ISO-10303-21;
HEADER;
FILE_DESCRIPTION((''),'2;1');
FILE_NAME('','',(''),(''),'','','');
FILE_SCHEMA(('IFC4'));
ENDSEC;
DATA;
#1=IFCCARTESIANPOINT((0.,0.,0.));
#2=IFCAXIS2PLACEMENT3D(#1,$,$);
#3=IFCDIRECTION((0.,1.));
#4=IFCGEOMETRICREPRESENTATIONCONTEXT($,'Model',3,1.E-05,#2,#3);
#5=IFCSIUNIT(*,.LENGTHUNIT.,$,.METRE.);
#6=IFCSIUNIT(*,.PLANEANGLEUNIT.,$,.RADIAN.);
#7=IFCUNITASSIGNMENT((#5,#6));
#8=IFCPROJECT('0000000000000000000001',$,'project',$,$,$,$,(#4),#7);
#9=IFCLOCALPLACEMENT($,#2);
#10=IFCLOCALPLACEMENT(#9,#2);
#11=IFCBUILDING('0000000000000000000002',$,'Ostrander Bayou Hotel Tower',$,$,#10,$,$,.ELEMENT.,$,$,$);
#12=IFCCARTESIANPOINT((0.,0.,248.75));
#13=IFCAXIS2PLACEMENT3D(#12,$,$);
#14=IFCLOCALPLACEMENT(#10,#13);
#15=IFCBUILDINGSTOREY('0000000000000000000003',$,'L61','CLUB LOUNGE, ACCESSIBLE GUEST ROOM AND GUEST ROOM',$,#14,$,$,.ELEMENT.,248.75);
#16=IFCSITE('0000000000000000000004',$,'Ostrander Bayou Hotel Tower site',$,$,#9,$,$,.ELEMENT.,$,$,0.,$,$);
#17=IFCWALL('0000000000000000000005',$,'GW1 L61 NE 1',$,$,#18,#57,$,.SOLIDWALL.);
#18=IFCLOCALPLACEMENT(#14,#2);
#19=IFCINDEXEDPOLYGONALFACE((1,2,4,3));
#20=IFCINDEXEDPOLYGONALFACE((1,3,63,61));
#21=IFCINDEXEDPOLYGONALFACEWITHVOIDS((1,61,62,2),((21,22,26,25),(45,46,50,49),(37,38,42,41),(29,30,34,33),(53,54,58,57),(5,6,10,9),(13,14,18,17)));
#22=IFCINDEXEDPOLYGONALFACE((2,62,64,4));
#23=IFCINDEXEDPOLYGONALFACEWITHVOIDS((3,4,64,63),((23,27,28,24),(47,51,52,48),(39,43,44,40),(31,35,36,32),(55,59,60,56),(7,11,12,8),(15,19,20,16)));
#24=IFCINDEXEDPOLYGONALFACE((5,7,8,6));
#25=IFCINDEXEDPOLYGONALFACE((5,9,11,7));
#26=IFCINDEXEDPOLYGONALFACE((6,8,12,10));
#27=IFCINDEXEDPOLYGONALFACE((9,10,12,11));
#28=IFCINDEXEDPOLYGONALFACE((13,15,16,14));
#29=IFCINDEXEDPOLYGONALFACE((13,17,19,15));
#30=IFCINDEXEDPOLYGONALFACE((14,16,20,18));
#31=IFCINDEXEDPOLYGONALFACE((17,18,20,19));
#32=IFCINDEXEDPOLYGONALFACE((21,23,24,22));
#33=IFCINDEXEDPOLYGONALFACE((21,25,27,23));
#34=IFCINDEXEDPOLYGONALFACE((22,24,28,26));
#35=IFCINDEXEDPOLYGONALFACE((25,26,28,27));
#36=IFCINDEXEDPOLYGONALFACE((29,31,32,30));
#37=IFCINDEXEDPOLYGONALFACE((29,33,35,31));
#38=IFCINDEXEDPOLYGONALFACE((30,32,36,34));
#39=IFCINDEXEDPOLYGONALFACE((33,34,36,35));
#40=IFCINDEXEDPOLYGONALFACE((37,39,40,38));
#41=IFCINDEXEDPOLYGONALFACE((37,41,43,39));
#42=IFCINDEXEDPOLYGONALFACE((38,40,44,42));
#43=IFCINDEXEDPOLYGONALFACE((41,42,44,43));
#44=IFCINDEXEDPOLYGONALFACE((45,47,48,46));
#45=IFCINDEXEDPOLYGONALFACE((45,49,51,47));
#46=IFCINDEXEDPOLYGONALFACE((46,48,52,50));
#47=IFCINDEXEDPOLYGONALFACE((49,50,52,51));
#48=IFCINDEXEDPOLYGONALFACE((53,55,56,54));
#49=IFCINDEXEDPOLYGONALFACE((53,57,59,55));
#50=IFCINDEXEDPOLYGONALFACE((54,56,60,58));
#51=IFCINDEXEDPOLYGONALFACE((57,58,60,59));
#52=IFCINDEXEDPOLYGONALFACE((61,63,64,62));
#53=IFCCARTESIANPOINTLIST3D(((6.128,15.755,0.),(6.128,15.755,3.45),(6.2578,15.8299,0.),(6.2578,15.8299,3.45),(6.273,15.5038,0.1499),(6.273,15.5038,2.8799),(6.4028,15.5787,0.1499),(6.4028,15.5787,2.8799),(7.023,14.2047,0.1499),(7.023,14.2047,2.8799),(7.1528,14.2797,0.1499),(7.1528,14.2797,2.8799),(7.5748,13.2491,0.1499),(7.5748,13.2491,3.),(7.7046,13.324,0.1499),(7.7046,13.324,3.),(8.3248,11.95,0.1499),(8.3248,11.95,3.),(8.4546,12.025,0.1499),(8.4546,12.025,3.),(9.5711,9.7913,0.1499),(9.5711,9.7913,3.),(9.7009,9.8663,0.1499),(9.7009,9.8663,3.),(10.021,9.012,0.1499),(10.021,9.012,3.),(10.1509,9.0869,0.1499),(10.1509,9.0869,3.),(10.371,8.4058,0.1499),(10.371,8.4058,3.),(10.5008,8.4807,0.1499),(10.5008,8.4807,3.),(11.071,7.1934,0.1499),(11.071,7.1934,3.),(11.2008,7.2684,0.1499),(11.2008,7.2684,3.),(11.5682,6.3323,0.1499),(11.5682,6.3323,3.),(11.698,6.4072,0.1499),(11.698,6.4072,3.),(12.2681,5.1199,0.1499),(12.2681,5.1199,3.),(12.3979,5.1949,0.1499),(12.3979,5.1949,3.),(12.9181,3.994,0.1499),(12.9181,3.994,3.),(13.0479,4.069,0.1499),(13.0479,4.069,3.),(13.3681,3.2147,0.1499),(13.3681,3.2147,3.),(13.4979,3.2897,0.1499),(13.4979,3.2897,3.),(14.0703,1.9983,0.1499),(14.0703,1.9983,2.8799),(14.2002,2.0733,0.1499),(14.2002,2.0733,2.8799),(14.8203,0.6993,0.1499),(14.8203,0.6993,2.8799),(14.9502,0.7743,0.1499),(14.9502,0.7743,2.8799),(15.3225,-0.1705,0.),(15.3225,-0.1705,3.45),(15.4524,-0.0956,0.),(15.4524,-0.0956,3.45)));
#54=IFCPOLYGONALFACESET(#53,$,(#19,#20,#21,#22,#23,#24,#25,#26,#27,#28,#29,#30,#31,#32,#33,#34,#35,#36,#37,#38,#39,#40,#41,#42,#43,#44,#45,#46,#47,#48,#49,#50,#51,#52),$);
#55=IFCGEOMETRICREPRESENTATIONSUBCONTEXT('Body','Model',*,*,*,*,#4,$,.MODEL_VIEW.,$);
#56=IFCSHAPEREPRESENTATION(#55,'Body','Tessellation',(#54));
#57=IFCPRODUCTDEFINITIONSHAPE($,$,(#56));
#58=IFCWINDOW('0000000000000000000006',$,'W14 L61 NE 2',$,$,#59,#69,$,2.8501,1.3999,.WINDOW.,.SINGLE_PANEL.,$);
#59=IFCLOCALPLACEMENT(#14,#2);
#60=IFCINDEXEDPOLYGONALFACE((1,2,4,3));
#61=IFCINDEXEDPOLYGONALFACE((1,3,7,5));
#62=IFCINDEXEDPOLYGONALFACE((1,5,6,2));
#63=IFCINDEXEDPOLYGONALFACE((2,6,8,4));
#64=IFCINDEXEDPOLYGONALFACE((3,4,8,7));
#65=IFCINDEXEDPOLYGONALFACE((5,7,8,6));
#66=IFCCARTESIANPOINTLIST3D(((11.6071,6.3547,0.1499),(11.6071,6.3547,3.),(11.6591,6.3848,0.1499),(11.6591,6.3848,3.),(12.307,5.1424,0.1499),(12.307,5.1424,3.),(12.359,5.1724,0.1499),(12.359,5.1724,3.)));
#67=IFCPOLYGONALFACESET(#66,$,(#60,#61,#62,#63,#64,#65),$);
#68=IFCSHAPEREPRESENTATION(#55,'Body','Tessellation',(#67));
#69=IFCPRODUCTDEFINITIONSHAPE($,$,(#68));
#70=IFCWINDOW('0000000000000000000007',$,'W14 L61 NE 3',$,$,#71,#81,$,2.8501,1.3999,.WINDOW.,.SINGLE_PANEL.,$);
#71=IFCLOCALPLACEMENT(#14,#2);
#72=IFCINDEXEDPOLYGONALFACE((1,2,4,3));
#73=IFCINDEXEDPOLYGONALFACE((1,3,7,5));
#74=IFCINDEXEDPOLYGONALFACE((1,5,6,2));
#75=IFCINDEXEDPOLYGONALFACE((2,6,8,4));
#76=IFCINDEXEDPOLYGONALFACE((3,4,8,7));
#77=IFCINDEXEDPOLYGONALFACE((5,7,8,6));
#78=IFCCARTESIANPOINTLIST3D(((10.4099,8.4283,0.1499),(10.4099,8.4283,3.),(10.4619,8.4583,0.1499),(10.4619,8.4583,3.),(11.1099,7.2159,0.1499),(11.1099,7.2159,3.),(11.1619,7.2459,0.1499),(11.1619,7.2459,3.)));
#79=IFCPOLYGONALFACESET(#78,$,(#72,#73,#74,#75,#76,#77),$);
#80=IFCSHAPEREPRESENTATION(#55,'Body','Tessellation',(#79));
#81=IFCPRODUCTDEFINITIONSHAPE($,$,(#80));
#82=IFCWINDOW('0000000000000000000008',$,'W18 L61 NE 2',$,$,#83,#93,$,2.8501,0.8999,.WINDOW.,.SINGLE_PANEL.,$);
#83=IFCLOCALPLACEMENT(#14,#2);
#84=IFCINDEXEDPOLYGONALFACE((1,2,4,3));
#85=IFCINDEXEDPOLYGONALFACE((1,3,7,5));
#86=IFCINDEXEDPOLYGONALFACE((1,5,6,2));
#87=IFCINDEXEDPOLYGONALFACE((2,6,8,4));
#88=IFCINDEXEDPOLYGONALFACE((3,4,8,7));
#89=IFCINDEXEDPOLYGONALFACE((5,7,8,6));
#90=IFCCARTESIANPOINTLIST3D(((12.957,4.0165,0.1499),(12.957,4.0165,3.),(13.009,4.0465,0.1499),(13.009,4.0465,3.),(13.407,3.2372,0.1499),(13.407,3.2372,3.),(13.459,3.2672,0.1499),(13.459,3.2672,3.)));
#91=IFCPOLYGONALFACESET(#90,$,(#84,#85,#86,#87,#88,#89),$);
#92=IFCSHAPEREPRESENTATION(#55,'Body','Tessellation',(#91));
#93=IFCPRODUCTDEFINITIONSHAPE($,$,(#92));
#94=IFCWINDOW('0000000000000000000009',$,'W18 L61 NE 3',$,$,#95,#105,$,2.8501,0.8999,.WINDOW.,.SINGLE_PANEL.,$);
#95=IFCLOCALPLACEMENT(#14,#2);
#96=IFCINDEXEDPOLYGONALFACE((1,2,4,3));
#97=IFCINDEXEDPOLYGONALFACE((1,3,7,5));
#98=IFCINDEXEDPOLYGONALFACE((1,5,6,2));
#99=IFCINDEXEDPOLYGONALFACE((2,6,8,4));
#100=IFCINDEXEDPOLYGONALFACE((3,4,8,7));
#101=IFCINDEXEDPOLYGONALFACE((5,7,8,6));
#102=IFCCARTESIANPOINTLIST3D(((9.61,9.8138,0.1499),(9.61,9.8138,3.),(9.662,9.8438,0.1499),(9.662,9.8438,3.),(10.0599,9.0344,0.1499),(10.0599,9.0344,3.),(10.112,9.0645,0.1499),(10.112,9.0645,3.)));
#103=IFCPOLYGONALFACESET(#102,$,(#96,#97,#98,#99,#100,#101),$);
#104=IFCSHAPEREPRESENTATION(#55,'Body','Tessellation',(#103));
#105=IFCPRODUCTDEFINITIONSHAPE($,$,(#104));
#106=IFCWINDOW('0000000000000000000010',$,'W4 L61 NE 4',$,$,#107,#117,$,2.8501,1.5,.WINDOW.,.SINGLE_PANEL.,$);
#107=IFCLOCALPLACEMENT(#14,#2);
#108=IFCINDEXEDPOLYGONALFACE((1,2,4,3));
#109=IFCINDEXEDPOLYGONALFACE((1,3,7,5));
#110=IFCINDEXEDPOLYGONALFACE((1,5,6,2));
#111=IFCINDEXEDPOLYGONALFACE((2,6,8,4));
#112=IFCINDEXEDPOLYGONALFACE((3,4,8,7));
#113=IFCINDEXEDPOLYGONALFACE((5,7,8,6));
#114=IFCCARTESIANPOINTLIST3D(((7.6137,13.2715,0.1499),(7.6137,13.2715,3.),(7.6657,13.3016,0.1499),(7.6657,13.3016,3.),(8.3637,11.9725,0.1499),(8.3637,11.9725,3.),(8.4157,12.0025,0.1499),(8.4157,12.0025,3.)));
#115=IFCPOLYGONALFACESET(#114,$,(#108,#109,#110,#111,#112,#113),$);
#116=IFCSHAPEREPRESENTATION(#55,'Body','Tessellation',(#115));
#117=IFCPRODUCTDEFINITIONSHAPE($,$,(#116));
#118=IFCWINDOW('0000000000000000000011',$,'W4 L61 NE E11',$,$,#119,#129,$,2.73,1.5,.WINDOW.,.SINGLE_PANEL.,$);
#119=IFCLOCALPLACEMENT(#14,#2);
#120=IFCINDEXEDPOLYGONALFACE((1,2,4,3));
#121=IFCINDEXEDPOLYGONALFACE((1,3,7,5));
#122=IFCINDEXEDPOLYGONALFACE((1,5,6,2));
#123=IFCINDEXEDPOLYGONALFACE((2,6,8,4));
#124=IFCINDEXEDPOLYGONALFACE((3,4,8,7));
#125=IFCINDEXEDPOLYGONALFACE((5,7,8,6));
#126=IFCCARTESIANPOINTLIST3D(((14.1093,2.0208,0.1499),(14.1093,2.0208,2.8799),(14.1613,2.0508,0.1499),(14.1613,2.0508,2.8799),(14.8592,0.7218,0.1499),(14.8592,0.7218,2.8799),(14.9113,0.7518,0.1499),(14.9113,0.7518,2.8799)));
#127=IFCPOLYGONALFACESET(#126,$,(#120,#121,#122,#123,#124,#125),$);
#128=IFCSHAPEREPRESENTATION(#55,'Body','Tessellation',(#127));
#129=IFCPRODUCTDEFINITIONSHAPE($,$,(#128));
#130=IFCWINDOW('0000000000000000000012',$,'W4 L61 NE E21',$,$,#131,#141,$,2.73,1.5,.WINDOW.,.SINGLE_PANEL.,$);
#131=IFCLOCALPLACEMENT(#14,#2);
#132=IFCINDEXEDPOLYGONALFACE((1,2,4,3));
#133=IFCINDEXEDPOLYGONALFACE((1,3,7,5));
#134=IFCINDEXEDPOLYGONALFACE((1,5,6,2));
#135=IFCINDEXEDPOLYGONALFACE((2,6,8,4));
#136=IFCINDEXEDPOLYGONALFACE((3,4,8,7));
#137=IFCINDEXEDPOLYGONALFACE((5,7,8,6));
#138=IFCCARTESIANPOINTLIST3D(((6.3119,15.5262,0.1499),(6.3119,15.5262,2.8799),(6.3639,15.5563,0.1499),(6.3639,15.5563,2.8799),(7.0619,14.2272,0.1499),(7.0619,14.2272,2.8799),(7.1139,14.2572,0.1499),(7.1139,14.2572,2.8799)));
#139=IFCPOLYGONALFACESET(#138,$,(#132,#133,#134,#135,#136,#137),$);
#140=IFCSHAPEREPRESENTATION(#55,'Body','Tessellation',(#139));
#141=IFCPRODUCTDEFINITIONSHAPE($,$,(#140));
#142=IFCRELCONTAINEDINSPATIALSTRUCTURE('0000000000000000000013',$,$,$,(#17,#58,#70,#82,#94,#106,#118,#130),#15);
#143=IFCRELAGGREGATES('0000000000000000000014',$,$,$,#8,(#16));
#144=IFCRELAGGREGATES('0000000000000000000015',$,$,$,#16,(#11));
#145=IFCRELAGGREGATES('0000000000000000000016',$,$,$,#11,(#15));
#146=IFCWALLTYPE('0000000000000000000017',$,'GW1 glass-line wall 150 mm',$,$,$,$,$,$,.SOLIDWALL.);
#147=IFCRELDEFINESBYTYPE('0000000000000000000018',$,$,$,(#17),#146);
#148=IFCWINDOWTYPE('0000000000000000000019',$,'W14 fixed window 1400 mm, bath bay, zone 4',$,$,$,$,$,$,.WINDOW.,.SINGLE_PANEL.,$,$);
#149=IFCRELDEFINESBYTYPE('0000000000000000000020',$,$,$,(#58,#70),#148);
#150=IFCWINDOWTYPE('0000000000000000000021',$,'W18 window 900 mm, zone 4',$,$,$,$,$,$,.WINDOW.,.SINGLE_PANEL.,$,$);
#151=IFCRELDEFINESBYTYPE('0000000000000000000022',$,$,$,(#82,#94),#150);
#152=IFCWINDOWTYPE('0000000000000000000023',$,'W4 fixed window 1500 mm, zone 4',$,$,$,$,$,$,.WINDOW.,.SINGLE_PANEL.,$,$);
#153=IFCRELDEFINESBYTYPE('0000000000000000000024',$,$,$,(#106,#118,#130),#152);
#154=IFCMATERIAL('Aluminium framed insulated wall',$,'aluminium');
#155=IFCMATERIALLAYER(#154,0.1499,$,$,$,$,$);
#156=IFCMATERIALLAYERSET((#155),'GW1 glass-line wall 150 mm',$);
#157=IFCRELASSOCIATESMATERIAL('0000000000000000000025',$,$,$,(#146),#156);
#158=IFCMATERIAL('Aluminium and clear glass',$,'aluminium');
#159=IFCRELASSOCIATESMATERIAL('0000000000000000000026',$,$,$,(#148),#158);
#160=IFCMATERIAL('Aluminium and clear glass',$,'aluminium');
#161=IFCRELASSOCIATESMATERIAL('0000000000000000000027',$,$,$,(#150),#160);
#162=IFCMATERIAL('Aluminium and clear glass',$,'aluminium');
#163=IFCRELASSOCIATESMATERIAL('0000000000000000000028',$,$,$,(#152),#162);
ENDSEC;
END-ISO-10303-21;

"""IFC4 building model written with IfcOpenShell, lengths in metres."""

from ifc_helpers import new_model, si_unit, direction, frame, frame_2d, origin, place, context, subcontext, project, spatial, rectangle, extrude, material, layer, layer_set, type_object, element, fill, save


model = new_model("IFC4")

# Units and contexts
model_context = context("Model", 3, precision=1e-05, world=origin(), true_north=direction((0.0, 1.0)))
body_context = subcontext(model_context, "Body", "Model", "MODEL_VIEW")
ifc_project = project(units=[si_unit("LENGTHUNIT", "METRE"), si_unit("PLANEANGLEUNIT", "RADIAN")], contexts=[model_context])

# Site, building, storey
site_placement = place(None, origin())
site = spatial("IfcSite", under=ifc_project, at=site_placement, Name="Ostrander Bayou Hotel Tower site", CompositionType="ELEMENT", RefElevation=0.0)
building_placement = place(site_placement, origin())
building = spatial("IfcBuilding", under=site, at=building_placement, Name="Ostrander Bayou Hotel Tower", CompositionType="ELEMENT")
storey_placement = place(building_placement, frame((0.0, 0.0, 248.75)))
storey = spatial("IfcBuildingStorey", under=building, at=storey_placement, Name="L61", Description="CLUB LOUNGE, ACCESSIBLE GUEST ROOM AND GUEST ROOM", CompositionType="ELEMENT", Elevation=248.75)

# Wall, openings, windows
ifc_material_1 = material(Name="Aluminium framed insulated wall", Category="aluminium")
ifc_layer_1 = layer(ifc_material_1, 0.1499)
ifc_layer_set_1 = layer_set([ifc_layer_1], Name="GW1 glass-line wall 150 mm")
wall_type_1 = type_object("IfcWallType", Name="GW1 glass-line wall 150 mm", PredefinedType="SOLIDWALL", material=ifc_layer_set_1)
wall_1_placement = place(storey_placement, frame((15.3875, -0.1331, 0.0), z_axis=(0.0, 0.0, 1.0), x_axis=(-0.499999, 0.866026, 0.0)))
wall_1 = element("IfcWall", 1, at=wall_1_placement, inside=storey, type_object=wall_type_1, Name="GW1 L61 NE 1", PredefinedType="SOLIDWALL", context=body_context, shape_type="SweptSolid", body=[
    extrude(rectangle(XDim=18.3892, YDim=0.1499, at=frame_2d((9.1946, 0.0))), origin(), (0.0, 0.0, 1.0), 3.45),
])
opening_1_placement = place(wall_1_placement, frame((3.9089, 0.0, 0.1499)))
opening_1 = element("IfcOpeningElement", 2, at=opening_1_placement, cuts=wall_1, PredefinedType="OPENING", context=body_context, shape_type="SweptSolid", body=[
    extrude(rectangle(XDim=0.8999, YDim=2.8501, at=frame_2d((0.45, 1.425))), frame((0.0, 0.075, 0.0), z_axis=(0.0, -1.0, 0.0), x_axis=(1.0, 0.0, 0.0)), (0.0, 0.0, 1.0), 0.1499),
])
opening_2_placement = place(wall_1_placement, frame((6.1089, 0.0, 0.1499)))
opening_2 = element("IfcOpeningElement", 3, at=opening_2_placement, cuts=wall_1, PredefinedType="OPENING", context=body_context, shape_type="SweptSolid", body=[
    extrude(rectangle(XDim=1.3999, YDim=2.8501, at=frame_2d((0.7, 1.425))), frame((0.0, 0.075, 0.0), z_axis=(0.0, -1.0, 0.0), x_axis=(1.0, 0.0, 0.0)), (0.0, 0.0, 1.0), 0.1499),
])
opening_3_placement = place(wall_1_placement, frame((10.603, 0.0, 0.1499)))
opening_3 = element("IfcOpeningElement", 4, at=opening_3_placement, cuts=wall_1, PredefinedType="OPENING", context=body_context, shape_type="SweptSolid", body=[
    extrude(rectangle(XDim=0.8999, YDim=2.8501, at=frame_2d((0.45, 1.425))), frame((0.0, 0.075, 0.0), z_axis=(0.0, -1.0, 0.0), x_axis=(1.0, 0.0, 0.0)), (0.0, 0.0, 1.0), 0.1499),
])
opening_4_placement = place(wall_1_placement, frame((8.5032, 0.0, 0.1499)))
opening_4 = element("IfcOpeningElement", 5, at=opening_4_placement, cuts=wall_1, PredefinedType="OPENING", context=body_context, shape_type="SweptSolid", body=[
    extrude(rectangle(XDim=1.3999, YDim=2.8501, at=frame_2d((0.7, 1.425))), frame((0.0, 0.075, 0.0), z_axis=(0.0, -1.0, 0.0), x_axis=(1.0, 0.0, 0.0)), (0.0, 0.0, 1.0), 0.1499),
])
opening_5_placement = place(wall_1_placement, frame((13.9956, 0.0, 0.1499)))
opening_5 = element("IfcOpeningElement", 6, at=opening_5_placement, cuts=wall_1, PredefinedType="OPENING", context=body_context, shape_type="SweptSolid", body=[
    extrude(rectangle(XDim=1.5, YDim=2.8501, at=frame_2d((0.75, 1.425))), frame((0.0, 0.075, 0.0), z_axis=(0.0, -1.0, 0.0), x_axis=(1.0, 0.0, 0.0)), (0.0, 0.0, 1.0), 0.1499),
])
opening_6_placement = place(wall_1_placement, frame((1.0044, 0.0, 0.1499)))
opening_6 = element("IfcOpeningElement", 7, at=opening_6_placement, cuts=wall_1, PredefinedType="OPENING", context=body_context, shape_type="SweptSolid", body=[
    extrude(rectangle(XDim=1.5, YDim=2.73, at=frame_2d((0.75, 1.365))), frame((0.0, 0.075, 0.0), z_axis=(0.0, -1.0, 0.0), x_axis=(1.0, 0.0, 0.0)), (0.0, 0.0, 1.0), 0.1499),
])
opening_7_placement = place(wall_1_placement, frame((16.5991, 0.0, 0.1499)))
opening_7 = element("IfcOpeningElement", 8, at=opening_7_placement, cuts=wall_1, PredefinedType="OPENING", context=body_context, shape_type="SweptSolid", body=[
    extrude(rectangle(XDim=1.5, YDim=2.73, at=frame_2d((0.75, 1.365))), frame((0.0, 0.075, 0.0), z_axis=(0.0, -1.0, 0.0), x_axis=(1.0, 0.0, 0.0)), (0.0, 0.0, 1.0), 0.1499),
])
ifc_material_2 = material(Name="Aluminium and clear glass", Category="aluminium")
window_type_1 = type_object("IfcWindowType", Name="W14 fixed window 1400 mm, bath bay, zone 4", PartitioningType="SINGLE_PANEL", PredefinedType="WINDOW", material=ifc_material_2)
window_1_placement = place(opening_2_placement, origin())
window_1 = element("IfcWindow", 9, at=window_1_placement, inside=storey, type_object=window_type_1, Name="W14 L61 NE 2", OverallHeight=2.8501, OverallWidth=1.3999, PartitioningType="SINGLE_PANEL", PredefinedType="WINDOW", context=body_context, shape_type="SweptSolid", body=[
    extrude(rectangle(XDim=1.3999, YDim=2.8501, at=frame_2d((0.7, 1.425))), frame((0.0, 0.03, 0.0), z_axis=(0.0, -1.0, 0.0), x_axis=(1.0, 0.0, 0.0)), (0.0, 0.0, 1.0), 0.0601),
])
fill(opening_2, window_1)
window_2_placement = place(opening_4_placement, origin())
window_2 = element("IfcWindow", 10, at=window_2_placement, inside=storey, type_object=window_type_1, Name="W14 L61 NE 3", OverallHeight=2.8501, OverallWidth=1.3999, PartitioningType="SINGLE_PANEL", PredefinedType="WINDOW", context=body_context, shape_type="SweptSolid", body=[
    extrude(rectangle(XDim=1.3999, YDim=2.8501, at=frame_2d((0.7, 1.425))), frame((0.0, 0.03, 0.0), z_axis=(0.0, -1.0, 0.0), x_axis=(1.0, 0.0, 0.0)), (0.0, 0.0, 1.0), 0.0601),
])
fill(opening_4, window_2)
ifc_material_3 = material(Name="Aluminium and clear glass", Category="aluminium")
window_type_2 = type_object("IfcWindowType", Name="W18 window 900 mm, zone 4", PartitioningType="SINGLE_PANEL", PredefinedType="WINDOW", material=ifc_material_3)
window_3_placement = place(opening_1_placement, origin())
window_3 = element("IfcWindow", 11, at=window_3_placement, inside=storey, type_object=window_type_2, Name="W18 L61 NE 2", OverallHeight=2.8501, OverallWidth=0.8999, PartitioningType="SINGLE_PANEL", PredefinedType="WINDOW", context=body_context, shape_type="SweptSolid", body=[
    extrude(rectangle(XDim=0.8999, YDim=2.8501, at=frame_2d((0.45, 1.425))), frame((0.0, 0.03, 0.0), z_axis=(0.0, -1.0, 0.0), x_axis=(1.0, 0.0, 0.0)), (0.0, 0.0, 1.0), 0.0601),
])
fill(opening_1, window_3)
window_4_placement = place(opening_3_placement, origin())
window_4 = element("IfcWindow", 12, at=window_4_placement, inside=storey, type_object=window_type_2, Name="W18 L61 NE 3", OverallHeight=2.8501, OverallWidth=0.8999, PartitioningType="SINGLE_PANEL", PredefinedType="WINDOW", context=body_context, shape_type="SweptSolid", body=[
    extrude(rectangle(XDim=0.8999, YDim=2.8501, at=frame_2d((0.45, 1.425))), frame((0.0, 0.03, 0.0), z_axis=(0.0, -1.0, 0.0), x_axis=(1.0, 0.0, 0.0)), (0.0, 0.0, 1.0), 0.0601),
])
fill(opening_3, window_4)
ifc_material_4 = material(Name="Aluminium and clear glass", Category="aluminium")
window_type_3 = type_object("IfcWindowType", Name="W4 fixed window 1500 mm, zone 4", PartitioningType="SINGLE_PANEL", PredefinedType="WINDOW", material=ifc_material_4)
window_5_placement = place(opening_5_placement, origin())
window_5 = element("IfcWindow", 13, at=window_5_placement, inside=storey, type_object=window_type_3, Name="W4 L61 NE 4", OverallHeight=2.8501, OverallWidth=1.5, PartitioningType="SINGLE_PANEL", PredefinedType="WINDOW", context=body_context, shape_type="SweptSolid", body=[
    extrude(rectangle(XDim=1.5, YDim=2.8501, at=frame_2d((0.75, 1.425))), frame((0.0, 0.03, 0.0), z_axis=(0.0, -1.0, 0.0), x_axis=(1.0, 0.0, 0.0)), (0.0, 0.0, 1.0), 0.0601),
])
fill(opening_5, window_5)
window_6_placement = place(opening_6_placement, origin())
window_6 = element("IfcWindow", 14, at=window_6_placement, inside=storey, type_object=window_type_3, Name="W4 L61 NE E11", OverallHeight=2.73, OverallWidth=1.5, PartitioningType="SINGLE_PANEL", PredefinedType="WINDOW", context=body_context, shape_type="SweptSolid", body=[
    extrude(rectangle(XDim=1.5, YDim=2.73, at=frame_2d((0.75, 1.365))), frame((0.0, 0.03, 0.0), z_axis=(0.0, -1.0, 0.0), x_axis=(1.0, 0.0, 0.0)), (0.0, 0.0, 1.0), 0.0601),
])
fill(opening_6, window_6)
window_7_placement = place(opening_7_placement, origin())
window_7 = element("IfcWindow", 15, at=window_7_placement, inside=storey, type_object=window_type_3, Name="W4 L61 NE E21", OverallHeight=2.73, OverallWidth=1.5, PartitioningType="SINGLE_PANEL", PredefinedType="WINDOW", context=body_context, shape_type="SweptSolid", body=[
    extrude(rectangle(XDim=1.5, YDim=2.73, at=frame_2d((0.75, 1.365))), frame((0.0, 0.03, 0.0), z_axis=(0.0, -1.0, 0.0), x_axis=(1.0, 0.0, 0.0)), (0.0, 0.0, 1.0), 0.0601),
])
fill(opening_7, window_7)

save(model, "model.ifc")
